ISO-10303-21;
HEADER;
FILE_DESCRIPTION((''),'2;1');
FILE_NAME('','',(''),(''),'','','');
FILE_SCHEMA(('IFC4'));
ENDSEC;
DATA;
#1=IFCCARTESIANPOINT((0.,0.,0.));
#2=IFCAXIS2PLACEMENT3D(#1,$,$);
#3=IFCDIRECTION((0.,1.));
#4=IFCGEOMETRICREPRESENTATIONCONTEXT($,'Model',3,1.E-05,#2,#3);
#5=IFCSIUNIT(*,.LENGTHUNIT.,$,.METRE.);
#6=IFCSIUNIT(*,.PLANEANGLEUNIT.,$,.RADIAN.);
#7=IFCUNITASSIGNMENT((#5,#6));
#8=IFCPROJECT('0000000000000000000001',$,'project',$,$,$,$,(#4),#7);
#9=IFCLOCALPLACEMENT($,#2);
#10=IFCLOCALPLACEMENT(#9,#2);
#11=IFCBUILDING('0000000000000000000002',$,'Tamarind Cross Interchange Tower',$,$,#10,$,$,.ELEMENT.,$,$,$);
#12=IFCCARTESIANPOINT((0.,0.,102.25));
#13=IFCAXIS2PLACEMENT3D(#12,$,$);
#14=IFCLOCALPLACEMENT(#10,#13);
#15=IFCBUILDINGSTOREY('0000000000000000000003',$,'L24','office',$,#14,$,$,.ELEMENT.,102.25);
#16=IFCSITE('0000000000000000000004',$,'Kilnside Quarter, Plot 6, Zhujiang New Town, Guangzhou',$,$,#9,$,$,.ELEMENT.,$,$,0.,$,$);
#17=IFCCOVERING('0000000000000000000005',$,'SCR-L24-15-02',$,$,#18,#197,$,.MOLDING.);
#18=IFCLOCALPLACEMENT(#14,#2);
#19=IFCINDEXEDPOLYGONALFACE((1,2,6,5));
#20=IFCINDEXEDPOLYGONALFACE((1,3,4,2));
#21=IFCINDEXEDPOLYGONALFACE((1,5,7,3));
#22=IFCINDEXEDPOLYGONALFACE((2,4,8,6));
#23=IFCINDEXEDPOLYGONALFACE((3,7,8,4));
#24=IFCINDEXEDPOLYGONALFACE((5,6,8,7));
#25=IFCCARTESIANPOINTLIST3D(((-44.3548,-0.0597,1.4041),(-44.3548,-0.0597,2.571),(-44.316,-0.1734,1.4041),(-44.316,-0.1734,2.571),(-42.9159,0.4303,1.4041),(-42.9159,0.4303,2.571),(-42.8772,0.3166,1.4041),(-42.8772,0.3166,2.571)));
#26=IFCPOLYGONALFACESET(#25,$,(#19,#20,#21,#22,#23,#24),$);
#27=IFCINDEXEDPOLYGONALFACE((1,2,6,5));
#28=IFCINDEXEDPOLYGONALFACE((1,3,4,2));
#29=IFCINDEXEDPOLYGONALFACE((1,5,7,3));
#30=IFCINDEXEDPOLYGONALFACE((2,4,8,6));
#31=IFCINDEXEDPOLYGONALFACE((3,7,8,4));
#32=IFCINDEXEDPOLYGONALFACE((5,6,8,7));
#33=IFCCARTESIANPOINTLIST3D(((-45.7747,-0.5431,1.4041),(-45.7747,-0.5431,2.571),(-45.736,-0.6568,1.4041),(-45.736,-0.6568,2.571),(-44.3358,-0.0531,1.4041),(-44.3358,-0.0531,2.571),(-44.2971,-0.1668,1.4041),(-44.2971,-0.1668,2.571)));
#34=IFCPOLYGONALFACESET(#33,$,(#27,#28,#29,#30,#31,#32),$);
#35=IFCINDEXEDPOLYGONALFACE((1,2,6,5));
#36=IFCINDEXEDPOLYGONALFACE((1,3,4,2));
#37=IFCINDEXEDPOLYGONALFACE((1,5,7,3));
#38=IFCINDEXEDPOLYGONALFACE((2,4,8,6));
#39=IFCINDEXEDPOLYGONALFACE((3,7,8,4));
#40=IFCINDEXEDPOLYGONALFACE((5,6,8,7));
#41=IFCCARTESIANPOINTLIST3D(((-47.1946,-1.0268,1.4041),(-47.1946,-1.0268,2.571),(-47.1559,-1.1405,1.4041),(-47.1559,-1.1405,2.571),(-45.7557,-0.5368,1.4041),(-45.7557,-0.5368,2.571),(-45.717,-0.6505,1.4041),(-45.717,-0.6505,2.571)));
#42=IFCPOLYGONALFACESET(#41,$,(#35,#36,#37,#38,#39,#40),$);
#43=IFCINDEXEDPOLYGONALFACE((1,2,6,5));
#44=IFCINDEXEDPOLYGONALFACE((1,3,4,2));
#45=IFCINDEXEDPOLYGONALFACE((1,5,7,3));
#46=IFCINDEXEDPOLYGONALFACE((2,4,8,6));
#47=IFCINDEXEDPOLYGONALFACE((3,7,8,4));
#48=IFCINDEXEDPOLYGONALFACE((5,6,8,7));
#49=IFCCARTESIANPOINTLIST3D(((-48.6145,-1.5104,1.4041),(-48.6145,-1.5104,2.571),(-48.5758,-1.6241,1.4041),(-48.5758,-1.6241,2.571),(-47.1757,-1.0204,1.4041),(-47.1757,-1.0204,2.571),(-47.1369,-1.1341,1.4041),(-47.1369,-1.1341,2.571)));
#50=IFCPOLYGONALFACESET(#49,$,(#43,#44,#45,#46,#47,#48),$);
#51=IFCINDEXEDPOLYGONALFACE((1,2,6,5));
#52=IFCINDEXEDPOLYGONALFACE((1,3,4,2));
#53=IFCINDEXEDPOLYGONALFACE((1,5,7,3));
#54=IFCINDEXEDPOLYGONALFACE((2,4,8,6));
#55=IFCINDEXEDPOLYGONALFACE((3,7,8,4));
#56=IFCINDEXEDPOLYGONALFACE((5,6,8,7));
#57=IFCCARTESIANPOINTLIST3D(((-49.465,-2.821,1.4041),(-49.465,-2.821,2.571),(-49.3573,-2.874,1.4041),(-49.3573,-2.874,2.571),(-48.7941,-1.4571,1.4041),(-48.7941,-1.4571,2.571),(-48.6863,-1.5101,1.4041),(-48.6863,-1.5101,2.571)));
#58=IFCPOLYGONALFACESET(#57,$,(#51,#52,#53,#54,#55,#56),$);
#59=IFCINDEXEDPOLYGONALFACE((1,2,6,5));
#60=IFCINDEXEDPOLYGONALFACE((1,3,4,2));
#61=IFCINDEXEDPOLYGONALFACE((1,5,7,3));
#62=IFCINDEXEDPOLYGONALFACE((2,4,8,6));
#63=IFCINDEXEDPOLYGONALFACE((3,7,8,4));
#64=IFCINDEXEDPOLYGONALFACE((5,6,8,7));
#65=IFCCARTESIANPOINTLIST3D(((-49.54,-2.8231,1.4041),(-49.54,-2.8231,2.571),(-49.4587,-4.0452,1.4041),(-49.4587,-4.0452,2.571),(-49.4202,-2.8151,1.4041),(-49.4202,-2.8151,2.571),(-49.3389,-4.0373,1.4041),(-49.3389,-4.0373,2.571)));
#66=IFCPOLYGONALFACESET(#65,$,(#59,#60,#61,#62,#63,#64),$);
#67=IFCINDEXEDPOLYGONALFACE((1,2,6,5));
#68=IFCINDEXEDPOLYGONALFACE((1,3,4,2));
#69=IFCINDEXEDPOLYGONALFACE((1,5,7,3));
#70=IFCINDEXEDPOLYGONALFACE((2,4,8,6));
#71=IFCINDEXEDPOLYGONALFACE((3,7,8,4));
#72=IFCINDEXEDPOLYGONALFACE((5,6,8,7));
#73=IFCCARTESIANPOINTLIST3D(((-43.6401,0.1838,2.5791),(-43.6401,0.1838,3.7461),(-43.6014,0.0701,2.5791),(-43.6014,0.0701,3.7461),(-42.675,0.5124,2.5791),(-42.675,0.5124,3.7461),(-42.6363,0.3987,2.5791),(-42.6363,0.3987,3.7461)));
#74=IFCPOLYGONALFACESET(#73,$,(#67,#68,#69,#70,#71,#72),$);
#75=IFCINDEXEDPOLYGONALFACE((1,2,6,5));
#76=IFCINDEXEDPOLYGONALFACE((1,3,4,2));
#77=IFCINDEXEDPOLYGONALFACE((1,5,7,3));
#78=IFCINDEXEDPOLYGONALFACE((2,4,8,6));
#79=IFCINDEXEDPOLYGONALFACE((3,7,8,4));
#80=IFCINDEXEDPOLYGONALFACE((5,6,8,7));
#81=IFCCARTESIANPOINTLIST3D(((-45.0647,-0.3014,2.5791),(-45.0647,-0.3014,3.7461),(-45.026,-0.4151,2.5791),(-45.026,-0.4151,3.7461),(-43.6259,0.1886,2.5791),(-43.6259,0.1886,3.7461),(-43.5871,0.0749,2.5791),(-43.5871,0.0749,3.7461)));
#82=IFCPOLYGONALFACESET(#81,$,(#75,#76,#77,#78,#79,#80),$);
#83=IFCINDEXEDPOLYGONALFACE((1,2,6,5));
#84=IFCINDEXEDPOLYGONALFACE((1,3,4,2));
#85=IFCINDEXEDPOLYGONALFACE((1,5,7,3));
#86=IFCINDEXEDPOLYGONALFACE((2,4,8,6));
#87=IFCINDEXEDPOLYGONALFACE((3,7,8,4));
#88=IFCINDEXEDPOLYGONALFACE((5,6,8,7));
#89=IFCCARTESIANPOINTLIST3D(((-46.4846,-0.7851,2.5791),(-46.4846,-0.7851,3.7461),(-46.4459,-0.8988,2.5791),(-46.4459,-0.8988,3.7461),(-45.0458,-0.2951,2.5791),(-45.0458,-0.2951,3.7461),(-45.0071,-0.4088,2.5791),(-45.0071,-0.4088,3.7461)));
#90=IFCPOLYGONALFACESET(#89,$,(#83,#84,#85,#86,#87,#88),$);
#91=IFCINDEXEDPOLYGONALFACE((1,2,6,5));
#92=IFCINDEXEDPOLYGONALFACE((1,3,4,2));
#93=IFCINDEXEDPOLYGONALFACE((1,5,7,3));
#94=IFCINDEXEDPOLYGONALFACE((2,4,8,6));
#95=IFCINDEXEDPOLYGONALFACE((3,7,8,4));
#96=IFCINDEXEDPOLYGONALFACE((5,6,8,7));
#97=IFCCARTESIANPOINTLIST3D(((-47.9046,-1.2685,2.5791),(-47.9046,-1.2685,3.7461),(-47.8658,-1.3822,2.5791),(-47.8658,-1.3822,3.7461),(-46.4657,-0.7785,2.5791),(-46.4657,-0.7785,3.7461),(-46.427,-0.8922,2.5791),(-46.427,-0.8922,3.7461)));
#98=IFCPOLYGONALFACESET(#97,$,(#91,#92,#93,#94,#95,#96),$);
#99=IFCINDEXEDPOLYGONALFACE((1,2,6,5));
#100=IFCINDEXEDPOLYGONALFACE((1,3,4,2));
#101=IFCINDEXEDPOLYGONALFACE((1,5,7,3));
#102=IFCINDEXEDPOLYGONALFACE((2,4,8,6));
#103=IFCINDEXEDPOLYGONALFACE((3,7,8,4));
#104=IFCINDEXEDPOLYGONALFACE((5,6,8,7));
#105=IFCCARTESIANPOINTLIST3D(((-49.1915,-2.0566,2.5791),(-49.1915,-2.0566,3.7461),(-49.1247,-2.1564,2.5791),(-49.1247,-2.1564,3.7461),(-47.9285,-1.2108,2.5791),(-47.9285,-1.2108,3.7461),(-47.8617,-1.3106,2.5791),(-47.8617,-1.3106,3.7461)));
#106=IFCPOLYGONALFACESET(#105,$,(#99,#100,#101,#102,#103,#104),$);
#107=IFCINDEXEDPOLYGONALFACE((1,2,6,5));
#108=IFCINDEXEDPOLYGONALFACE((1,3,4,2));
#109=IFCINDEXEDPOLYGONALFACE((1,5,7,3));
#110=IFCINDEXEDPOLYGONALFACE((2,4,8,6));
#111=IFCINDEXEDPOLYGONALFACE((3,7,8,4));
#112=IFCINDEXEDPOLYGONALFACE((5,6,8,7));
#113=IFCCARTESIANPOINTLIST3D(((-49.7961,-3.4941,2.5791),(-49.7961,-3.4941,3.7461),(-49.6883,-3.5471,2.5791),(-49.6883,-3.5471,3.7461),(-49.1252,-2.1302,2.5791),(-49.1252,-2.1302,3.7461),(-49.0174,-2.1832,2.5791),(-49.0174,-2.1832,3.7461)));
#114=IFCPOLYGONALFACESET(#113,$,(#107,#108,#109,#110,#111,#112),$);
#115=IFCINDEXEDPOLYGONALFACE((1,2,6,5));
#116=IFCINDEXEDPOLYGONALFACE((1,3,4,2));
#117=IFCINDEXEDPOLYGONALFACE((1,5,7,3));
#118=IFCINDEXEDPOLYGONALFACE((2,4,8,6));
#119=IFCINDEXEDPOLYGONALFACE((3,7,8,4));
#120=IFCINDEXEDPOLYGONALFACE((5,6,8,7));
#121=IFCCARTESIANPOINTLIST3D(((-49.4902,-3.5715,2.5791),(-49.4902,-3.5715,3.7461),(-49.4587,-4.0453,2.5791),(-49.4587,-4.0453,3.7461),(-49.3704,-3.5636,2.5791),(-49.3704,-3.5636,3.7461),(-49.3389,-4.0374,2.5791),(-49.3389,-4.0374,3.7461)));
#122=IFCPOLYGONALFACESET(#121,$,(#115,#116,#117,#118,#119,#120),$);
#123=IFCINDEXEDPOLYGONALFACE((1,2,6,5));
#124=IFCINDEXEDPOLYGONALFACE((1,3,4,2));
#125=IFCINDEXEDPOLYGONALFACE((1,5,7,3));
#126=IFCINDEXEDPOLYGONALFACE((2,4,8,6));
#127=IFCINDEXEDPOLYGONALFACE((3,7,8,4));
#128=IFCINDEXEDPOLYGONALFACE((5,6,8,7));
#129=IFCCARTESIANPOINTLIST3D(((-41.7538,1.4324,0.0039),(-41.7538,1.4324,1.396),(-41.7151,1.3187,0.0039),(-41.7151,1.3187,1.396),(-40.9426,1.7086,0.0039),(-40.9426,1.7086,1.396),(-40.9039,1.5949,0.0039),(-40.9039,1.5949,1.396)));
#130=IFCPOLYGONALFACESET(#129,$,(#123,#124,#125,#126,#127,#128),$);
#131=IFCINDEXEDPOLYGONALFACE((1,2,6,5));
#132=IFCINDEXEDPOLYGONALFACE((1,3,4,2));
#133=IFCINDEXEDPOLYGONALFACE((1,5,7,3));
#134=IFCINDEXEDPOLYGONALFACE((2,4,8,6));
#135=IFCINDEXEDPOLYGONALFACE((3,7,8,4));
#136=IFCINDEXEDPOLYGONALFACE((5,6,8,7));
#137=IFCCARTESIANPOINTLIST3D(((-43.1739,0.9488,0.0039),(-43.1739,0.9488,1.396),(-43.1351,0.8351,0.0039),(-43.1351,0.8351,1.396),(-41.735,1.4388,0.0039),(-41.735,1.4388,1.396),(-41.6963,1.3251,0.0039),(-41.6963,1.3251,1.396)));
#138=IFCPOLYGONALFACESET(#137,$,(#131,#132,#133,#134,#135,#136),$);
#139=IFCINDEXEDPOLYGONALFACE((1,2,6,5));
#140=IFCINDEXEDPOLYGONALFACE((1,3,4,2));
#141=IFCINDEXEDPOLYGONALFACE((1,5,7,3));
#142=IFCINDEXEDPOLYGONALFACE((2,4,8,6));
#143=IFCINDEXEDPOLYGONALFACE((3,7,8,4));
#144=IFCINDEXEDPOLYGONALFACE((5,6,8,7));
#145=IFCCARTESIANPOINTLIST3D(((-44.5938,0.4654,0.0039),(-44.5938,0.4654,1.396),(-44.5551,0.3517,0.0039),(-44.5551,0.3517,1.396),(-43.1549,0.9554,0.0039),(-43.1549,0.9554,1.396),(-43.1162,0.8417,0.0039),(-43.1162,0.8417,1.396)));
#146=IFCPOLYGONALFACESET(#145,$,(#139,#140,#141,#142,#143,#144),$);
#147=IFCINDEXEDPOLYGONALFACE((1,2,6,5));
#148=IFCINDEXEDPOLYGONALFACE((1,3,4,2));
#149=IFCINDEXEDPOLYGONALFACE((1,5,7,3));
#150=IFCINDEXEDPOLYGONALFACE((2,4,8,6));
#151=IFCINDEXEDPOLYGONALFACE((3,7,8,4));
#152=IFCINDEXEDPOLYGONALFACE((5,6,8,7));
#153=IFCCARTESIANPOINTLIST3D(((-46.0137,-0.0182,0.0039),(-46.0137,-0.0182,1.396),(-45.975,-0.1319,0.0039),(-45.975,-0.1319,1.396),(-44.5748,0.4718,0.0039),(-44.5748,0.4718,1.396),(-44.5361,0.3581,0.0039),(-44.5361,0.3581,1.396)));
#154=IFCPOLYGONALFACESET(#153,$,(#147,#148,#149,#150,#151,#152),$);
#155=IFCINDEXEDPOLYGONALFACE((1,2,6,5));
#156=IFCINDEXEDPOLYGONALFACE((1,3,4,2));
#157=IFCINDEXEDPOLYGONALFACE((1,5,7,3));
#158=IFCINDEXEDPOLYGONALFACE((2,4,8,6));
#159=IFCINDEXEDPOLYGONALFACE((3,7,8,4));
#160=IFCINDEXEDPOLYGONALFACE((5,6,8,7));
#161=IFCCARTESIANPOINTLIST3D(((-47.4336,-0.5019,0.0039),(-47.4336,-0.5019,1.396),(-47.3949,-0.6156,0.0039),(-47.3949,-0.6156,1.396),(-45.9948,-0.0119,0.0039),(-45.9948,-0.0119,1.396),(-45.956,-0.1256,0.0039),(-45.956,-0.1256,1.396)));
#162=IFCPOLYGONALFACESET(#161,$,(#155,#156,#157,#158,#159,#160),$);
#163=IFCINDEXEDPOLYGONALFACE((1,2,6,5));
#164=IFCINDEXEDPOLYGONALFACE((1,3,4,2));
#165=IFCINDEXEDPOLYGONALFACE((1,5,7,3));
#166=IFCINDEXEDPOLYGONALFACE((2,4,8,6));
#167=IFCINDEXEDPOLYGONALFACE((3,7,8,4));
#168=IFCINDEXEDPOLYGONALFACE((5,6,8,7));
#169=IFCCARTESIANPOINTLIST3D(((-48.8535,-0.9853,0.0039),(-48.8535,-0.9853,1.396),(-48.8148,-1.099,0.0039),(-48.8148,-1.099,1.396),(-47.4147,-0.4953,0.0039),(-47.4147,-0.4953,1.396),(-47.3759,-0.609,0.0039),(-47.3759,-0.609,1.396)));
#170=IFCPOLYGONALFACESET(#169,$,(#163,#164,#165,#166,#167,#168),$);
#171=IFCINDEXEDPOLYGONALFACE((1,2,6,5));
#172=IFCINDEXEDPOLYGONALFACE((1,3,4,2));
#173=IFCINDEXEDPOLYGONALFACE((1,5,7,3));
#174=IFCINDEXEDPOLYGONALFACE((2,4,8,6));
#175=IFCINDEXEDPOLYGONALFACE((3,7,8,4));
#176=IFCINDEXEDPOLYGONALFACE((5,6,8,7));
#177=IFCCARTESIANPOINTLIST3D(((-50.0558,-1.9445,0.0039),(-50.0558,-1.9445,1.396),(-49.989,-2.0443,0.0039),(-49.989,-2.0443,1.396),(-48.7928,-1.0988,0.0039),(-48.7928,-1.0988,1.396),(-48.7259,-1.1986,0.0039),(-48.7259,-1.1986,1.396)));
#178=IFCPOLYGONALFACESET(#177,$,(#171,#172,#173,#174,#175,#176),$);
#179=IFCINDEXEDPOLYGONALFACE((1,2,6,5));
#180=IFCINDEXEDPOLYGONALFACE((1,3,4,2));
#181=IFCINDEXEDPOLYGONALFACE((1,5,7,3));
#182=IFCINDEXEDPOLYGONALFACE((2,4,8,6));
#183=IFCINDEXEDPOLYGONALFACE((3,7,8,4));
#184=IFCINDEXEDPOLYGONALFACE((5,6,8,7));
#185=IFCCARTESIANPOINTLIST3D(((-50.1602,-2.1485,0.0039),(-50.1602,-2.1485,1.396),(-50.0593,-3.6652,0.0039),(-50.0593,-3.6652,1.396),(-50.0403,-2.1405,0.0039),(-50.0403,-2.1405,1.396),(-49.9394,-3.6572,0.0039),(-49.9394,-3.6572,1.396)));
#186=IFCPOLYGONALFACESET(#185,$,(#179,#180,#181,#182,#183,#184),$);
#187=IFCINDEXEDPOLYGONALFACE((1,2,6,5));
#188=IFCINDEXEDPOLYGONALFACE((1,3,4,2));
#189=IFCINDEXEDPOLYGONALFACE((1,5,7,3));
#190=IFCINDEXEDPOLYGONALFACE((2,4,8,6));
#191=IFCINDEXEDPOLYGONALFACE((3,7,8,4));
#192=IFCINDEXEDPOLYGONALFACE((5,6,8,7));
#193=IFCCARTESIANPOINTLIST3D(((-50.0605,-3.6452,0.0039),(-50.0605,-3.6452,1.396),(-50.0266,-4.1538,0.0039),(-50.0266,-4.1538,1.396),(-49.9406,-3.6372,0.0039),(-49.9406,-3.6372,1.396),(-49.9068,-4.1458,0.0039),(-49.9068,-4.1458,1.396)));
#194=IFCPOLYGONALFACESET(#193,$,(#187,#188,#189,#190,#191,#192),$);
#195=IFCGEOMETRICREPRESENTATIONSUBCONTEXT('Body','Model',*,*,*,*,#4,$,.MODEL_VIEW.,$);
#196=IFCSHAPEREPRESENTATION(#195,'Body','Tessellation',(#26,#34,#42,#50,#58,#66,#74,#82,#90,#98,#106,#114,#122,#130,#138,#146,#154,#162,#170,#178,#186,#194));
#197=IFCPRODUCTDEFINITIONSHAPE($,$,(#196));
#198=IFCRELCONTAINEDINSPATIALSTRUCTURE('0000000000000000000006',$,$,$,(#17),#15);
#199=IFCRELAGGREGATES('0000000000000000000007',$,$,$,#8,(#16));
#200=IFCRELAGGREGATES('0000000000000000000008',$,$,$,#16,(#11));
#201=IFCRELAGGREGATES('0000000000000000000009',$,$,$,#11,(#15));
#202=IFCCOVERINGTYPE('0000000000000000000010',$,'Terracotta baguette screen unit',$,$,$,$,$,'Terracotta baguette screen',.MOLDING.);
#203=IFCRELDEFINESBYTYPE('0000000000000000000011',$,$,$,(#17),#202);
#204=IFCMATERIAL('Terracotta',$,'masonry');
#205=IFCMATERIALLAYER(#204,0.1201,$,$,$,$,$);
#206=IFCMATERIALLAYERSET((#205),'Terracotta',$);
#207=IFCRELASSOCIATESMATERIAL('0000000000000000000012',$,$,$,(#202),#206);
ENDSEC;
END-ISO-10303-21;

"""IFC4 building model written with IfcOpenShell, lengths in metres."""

from ifc_helpers import new_model, si_unit, direction, frame, origin, origin_2d, place, context, subcontext, project, spatial, rectangle, extrude, material, layer, layer_set, type_object, element, save


model = new_model("IFC4")

# Units and contexts
model_context = context("Model", 3, precision=1e-05, world=origin(), true_north=direction((0.0, 1.0)))
body_context = subcontext(model_context, "Body", "Model", "MODEL_VIEW")
ifc_project = project(units=[si_unit("LENGTHUNIT", "METRE"), si_unit("PLANEANGLEUNIT", "RADIAN")], contexts=[model_context])

# Site, building, storey
site_placement = place(None, origin())
site = spatial("IfcSite", under=ifc_project, at=site_placement, Name="Kilnside Quarter, Plot 6, Zhujiang New Town, Guangzhou", CompositionType="ELEMENT", RefElevation=0.0)
building_placement = place(site_placement, origin())
building = spatial("IfcBuilding", under=site, at=building_placement, Name="Tamarind Cross Interchange Tower", CompositionType="ELEMENT")
storey_placement = place(building_placement, frame((0.0, 0.0, 102.25)))
storey = spatial("IfcBuildingStorey", under=building, at=storey_placement, Name="L24", Description="office", CompositionType="ELEMENT", Elevation=102.25)

# Covering
ifc_material_1 = material(Name="Terracotta", Category="masonry")
ifc_layer_1 = layer(ifc_material_1, 0.1201)
ifc_layer_set_1 = layer_set([ifc_layer_1], Name="Terracotta")
covering_type = type_object("IfcCoveringType", Name="Terracotta baguette screen unit", ElementType="Terracotta baguette screen", PredefinedType="MOLDING", material=ifc_layer_set_1)
covering_1_placement = place(storey_placement, origin())
element("IfcCovering", 1, at=covering_1_placement, inside=storey, type_object=covering_type, Name="SCR-L24-15-02", PredefinedType="MOLDING", context=body_context, shape_type="SweptSolid", body=[
    extrude(rectangle(XDim=1.52, YDim=0.1201, at=origin_2d()), frame((-43.616, 0.1284, 1.4041), z_axis=(0.0, 0.0, 1.0), x_axis=(-0.946613, -0.322371, 0.0)), (0.0, 0.0, 1.0), 1.167),
    extrude(rectangle(XDim=1.52, YDim=0.1201, at=origin_2d()), frame((-45.0359, -0.355, 1.4041), z_axis=(0.0, 0.0, 1.0), x_axis=(-0.946613, -0.322371, 0.0)), (0.0, 0.0, 1.0), 1.167),
    extrude(rectangle(XDim=1.52, YDim=0.1201, at=origin_2d()), frame((-46.4558, -0.8386, 1.4041), z_axis=(0.0, 0.0, 1.0), x_axis=(-0.946613, -0.322371, 0.0)), (0.0, 0.0, 1.0), 1.167),
    extrude(rectangle(XDim=1.52, YDim=0.1201, at=origin_2d()), frame((-47.8757, -1.3223, 1.4041), z_axis=(0.0, 0.0, 1.0), x_axis=(-0.946613, -0.322371, 0.0)), (0.0, 0.0, 1.0), 1.167),
    extrude(rectangle(XDim=1.52, YDim=0.1201, at=origin_2d()), frame((-49.0757, -2.1655, 1.4041), z_axis=(0.0, 0.0, 1.0), x_axis=(-0.441406, -0.897308, 0.0)), (0.0, 0.0, 1.0), 1.167),
    extrude(rectangle(XDim=1.2249, YDim=0.1201, at=origin_2d()), frame((-49.4395, -3.4302, 1.4041), z_axis=(0.0, 0.0, 1.0), x_axis=(0.066385, -0.997794, 0.0)), (0.0, 0.0, 1.0), 1.167),
    extrude(rectangle(XDim=1.0195, YDim=0.1201, at=origin_2d()), frame((-43.1382, 0.2913, 2.5791), z_axis=(0.0, 0.0, 1.0), x_axis=(-0.946613, -0.322371, 0.0)), (0.0, 0.0, 1.0), 1.167),
    extrude(rectangle(XDim=1.52, YDim=0.1201, at=origin_2d()), frame((-44.3259, -0.1133, 2.5791), z_axis=(0.0, 0.0, 1.0), x_axis=(-0.946613, -0.322371, 0.0)), (0.0, 0.0, 1.0), 1.167),
    extrude(rectangle(XDim=1.52, YDim=0.1201, at=origin_2d()), frame((-45.7458, -0.5969, 2.5791), z_axis=(0.0, 0.0, 1.0), x_axis=(-0.946613, -0.322371, 0.0)), (0.0, 0.0, 1.0), 1.167),
    extrude(rectangle(XDim=1.52, YDim=0.1201, at=origin_2d()), frame((-47.1658, -1.0803, 2.5791), z_axis=(0.0, 0.0, 1.0), x_axis=(-0.946613, -0.322371, 0.0)), (0.0, 0.0, 1.0), 1.167),
    extrude(rectangle(XDim=1.52, YDim=0.1201, at=origin_2d()), frame((-48.5266, -1.6836, 2.5791), z_axis=(0.0, 0.0, 1.0), x_axis=(-0.830922, -0.556388, 0.0)), (0.0, 0.0, 1.0), 1.167),
    extrude(rectangle(XDim=1.52, YDim=0.1201, at=origin_2d()), frame((-49.4067, -2.8386, 2.5791), z_axis=(0.0, 0.0, 1.0), x_axis=(-0.441406, -0.897308, 0.0)), (0.0, 0.0, 1.0), 1.167),
    extrude(rectangle(XDim=0.4749, YDim=0.1201, at=origin_2d()), frame((-49.4146, -3.8044, 2.5791), z_axis=(0.0, 0.0, 1.0), x_axis=(0.066385, -0.997794, 0.0)), (0.0, 0.0, 1.0), 1.167),
    extrude(rectangle(XDim=0.8569, YDim=0.1201, at=origin_2d()), frame((-41.3289, 1.5137, 0.0039), z_axis=(0.0, 0.0, 1.0), x_axis=(-0.946613, -0.322371, 0.0)), (0.0, 0.0, 1.0), 1.3921),
    extrude(rectangle(XDim=1.52, YDim=0.1201, at=origin_2d()), frame((-42.4351, 1.137, 0.0039), z_axis=(0.0, 0.0, 1.0), x_axis=(-0.946613, -0.322371, 0.0)), (0.0, 0.0, 1.0), 1.3921),
    extrude(rectangle(XDim=1.52, YDim=0.1201, at=origin_2d()), frame((-43.855, 0.6536, 0.0039), z_axis=(0.0, 0.0, 1.0), x_axis=(-0.946613, -0.322371, 0.0)), (0.0, 0.0, 1.0), 1.3921),
    extrude(rectangle(XDim=1.52, YDim=0.1201, at=origin_2d()), frame((-45.2749, 0.1699, 0.0039), z_axis=(0.0, 0.0, 1.0), x_axis=(-0.946613, -0.322371, 0.0)), (0.0, 0.0, 1.0), 1.3921),
    extrude(rectangle(XDim=1.52, YDim=0.1201, at=origin_2d()), frame((-46.6948, -0.3137, 0.0039), z_axis=(0.0, 0.0, 1.0), x_axis=(-0.946613, -0.322371, 0.0)), (0.0, 0.0, 1.0), 1.3921),
    extrude(rectangle(XDim=1.52, YDim=0.1201, at=origin_2d()), frame((-48.1147, -0.7971, 0.0039), z_axis=(0.0, 0.0, 1.0), x_axis=(-0.946613, -0.322371, 0.0)), (0.0, 0.0, 1.0), 1.3921),
    extrude(rectangle(XDim=1.52, YDim=0.1201, at=origin_2d()), frame((-49.3909, -1.5715, 0.0039), z_axis=(0.0, 0.0, 1.0), x_axis=(-0.830922, -0.556388, 0.0)), (0.0, 0.0, 1.0), 1.3921),
    extrude(rectangle(XDim=1.52, YDim=0.1201, at=origin_2d()), frame((-50.0498, -2.9028, 0.0039), z_axis=(0.0, 0.0, 1.0), x_axis=(0.066385, -0.997794, 0.0)), (0.0, 0.0, 1.0), 1.3921),
    extrude(rectangle(XDim=0.5098, YDim=0.1201, at=origin_2d()), frame((-49.9836, -3.8955, 0.0039), z_axis=(0.0, 0.0, 1.0), x_axis=(0.066385, -0.997794, 0.0)), (0.0, 0.0, 1.0), 1.3921),
])

save(model, "model.ifc")
